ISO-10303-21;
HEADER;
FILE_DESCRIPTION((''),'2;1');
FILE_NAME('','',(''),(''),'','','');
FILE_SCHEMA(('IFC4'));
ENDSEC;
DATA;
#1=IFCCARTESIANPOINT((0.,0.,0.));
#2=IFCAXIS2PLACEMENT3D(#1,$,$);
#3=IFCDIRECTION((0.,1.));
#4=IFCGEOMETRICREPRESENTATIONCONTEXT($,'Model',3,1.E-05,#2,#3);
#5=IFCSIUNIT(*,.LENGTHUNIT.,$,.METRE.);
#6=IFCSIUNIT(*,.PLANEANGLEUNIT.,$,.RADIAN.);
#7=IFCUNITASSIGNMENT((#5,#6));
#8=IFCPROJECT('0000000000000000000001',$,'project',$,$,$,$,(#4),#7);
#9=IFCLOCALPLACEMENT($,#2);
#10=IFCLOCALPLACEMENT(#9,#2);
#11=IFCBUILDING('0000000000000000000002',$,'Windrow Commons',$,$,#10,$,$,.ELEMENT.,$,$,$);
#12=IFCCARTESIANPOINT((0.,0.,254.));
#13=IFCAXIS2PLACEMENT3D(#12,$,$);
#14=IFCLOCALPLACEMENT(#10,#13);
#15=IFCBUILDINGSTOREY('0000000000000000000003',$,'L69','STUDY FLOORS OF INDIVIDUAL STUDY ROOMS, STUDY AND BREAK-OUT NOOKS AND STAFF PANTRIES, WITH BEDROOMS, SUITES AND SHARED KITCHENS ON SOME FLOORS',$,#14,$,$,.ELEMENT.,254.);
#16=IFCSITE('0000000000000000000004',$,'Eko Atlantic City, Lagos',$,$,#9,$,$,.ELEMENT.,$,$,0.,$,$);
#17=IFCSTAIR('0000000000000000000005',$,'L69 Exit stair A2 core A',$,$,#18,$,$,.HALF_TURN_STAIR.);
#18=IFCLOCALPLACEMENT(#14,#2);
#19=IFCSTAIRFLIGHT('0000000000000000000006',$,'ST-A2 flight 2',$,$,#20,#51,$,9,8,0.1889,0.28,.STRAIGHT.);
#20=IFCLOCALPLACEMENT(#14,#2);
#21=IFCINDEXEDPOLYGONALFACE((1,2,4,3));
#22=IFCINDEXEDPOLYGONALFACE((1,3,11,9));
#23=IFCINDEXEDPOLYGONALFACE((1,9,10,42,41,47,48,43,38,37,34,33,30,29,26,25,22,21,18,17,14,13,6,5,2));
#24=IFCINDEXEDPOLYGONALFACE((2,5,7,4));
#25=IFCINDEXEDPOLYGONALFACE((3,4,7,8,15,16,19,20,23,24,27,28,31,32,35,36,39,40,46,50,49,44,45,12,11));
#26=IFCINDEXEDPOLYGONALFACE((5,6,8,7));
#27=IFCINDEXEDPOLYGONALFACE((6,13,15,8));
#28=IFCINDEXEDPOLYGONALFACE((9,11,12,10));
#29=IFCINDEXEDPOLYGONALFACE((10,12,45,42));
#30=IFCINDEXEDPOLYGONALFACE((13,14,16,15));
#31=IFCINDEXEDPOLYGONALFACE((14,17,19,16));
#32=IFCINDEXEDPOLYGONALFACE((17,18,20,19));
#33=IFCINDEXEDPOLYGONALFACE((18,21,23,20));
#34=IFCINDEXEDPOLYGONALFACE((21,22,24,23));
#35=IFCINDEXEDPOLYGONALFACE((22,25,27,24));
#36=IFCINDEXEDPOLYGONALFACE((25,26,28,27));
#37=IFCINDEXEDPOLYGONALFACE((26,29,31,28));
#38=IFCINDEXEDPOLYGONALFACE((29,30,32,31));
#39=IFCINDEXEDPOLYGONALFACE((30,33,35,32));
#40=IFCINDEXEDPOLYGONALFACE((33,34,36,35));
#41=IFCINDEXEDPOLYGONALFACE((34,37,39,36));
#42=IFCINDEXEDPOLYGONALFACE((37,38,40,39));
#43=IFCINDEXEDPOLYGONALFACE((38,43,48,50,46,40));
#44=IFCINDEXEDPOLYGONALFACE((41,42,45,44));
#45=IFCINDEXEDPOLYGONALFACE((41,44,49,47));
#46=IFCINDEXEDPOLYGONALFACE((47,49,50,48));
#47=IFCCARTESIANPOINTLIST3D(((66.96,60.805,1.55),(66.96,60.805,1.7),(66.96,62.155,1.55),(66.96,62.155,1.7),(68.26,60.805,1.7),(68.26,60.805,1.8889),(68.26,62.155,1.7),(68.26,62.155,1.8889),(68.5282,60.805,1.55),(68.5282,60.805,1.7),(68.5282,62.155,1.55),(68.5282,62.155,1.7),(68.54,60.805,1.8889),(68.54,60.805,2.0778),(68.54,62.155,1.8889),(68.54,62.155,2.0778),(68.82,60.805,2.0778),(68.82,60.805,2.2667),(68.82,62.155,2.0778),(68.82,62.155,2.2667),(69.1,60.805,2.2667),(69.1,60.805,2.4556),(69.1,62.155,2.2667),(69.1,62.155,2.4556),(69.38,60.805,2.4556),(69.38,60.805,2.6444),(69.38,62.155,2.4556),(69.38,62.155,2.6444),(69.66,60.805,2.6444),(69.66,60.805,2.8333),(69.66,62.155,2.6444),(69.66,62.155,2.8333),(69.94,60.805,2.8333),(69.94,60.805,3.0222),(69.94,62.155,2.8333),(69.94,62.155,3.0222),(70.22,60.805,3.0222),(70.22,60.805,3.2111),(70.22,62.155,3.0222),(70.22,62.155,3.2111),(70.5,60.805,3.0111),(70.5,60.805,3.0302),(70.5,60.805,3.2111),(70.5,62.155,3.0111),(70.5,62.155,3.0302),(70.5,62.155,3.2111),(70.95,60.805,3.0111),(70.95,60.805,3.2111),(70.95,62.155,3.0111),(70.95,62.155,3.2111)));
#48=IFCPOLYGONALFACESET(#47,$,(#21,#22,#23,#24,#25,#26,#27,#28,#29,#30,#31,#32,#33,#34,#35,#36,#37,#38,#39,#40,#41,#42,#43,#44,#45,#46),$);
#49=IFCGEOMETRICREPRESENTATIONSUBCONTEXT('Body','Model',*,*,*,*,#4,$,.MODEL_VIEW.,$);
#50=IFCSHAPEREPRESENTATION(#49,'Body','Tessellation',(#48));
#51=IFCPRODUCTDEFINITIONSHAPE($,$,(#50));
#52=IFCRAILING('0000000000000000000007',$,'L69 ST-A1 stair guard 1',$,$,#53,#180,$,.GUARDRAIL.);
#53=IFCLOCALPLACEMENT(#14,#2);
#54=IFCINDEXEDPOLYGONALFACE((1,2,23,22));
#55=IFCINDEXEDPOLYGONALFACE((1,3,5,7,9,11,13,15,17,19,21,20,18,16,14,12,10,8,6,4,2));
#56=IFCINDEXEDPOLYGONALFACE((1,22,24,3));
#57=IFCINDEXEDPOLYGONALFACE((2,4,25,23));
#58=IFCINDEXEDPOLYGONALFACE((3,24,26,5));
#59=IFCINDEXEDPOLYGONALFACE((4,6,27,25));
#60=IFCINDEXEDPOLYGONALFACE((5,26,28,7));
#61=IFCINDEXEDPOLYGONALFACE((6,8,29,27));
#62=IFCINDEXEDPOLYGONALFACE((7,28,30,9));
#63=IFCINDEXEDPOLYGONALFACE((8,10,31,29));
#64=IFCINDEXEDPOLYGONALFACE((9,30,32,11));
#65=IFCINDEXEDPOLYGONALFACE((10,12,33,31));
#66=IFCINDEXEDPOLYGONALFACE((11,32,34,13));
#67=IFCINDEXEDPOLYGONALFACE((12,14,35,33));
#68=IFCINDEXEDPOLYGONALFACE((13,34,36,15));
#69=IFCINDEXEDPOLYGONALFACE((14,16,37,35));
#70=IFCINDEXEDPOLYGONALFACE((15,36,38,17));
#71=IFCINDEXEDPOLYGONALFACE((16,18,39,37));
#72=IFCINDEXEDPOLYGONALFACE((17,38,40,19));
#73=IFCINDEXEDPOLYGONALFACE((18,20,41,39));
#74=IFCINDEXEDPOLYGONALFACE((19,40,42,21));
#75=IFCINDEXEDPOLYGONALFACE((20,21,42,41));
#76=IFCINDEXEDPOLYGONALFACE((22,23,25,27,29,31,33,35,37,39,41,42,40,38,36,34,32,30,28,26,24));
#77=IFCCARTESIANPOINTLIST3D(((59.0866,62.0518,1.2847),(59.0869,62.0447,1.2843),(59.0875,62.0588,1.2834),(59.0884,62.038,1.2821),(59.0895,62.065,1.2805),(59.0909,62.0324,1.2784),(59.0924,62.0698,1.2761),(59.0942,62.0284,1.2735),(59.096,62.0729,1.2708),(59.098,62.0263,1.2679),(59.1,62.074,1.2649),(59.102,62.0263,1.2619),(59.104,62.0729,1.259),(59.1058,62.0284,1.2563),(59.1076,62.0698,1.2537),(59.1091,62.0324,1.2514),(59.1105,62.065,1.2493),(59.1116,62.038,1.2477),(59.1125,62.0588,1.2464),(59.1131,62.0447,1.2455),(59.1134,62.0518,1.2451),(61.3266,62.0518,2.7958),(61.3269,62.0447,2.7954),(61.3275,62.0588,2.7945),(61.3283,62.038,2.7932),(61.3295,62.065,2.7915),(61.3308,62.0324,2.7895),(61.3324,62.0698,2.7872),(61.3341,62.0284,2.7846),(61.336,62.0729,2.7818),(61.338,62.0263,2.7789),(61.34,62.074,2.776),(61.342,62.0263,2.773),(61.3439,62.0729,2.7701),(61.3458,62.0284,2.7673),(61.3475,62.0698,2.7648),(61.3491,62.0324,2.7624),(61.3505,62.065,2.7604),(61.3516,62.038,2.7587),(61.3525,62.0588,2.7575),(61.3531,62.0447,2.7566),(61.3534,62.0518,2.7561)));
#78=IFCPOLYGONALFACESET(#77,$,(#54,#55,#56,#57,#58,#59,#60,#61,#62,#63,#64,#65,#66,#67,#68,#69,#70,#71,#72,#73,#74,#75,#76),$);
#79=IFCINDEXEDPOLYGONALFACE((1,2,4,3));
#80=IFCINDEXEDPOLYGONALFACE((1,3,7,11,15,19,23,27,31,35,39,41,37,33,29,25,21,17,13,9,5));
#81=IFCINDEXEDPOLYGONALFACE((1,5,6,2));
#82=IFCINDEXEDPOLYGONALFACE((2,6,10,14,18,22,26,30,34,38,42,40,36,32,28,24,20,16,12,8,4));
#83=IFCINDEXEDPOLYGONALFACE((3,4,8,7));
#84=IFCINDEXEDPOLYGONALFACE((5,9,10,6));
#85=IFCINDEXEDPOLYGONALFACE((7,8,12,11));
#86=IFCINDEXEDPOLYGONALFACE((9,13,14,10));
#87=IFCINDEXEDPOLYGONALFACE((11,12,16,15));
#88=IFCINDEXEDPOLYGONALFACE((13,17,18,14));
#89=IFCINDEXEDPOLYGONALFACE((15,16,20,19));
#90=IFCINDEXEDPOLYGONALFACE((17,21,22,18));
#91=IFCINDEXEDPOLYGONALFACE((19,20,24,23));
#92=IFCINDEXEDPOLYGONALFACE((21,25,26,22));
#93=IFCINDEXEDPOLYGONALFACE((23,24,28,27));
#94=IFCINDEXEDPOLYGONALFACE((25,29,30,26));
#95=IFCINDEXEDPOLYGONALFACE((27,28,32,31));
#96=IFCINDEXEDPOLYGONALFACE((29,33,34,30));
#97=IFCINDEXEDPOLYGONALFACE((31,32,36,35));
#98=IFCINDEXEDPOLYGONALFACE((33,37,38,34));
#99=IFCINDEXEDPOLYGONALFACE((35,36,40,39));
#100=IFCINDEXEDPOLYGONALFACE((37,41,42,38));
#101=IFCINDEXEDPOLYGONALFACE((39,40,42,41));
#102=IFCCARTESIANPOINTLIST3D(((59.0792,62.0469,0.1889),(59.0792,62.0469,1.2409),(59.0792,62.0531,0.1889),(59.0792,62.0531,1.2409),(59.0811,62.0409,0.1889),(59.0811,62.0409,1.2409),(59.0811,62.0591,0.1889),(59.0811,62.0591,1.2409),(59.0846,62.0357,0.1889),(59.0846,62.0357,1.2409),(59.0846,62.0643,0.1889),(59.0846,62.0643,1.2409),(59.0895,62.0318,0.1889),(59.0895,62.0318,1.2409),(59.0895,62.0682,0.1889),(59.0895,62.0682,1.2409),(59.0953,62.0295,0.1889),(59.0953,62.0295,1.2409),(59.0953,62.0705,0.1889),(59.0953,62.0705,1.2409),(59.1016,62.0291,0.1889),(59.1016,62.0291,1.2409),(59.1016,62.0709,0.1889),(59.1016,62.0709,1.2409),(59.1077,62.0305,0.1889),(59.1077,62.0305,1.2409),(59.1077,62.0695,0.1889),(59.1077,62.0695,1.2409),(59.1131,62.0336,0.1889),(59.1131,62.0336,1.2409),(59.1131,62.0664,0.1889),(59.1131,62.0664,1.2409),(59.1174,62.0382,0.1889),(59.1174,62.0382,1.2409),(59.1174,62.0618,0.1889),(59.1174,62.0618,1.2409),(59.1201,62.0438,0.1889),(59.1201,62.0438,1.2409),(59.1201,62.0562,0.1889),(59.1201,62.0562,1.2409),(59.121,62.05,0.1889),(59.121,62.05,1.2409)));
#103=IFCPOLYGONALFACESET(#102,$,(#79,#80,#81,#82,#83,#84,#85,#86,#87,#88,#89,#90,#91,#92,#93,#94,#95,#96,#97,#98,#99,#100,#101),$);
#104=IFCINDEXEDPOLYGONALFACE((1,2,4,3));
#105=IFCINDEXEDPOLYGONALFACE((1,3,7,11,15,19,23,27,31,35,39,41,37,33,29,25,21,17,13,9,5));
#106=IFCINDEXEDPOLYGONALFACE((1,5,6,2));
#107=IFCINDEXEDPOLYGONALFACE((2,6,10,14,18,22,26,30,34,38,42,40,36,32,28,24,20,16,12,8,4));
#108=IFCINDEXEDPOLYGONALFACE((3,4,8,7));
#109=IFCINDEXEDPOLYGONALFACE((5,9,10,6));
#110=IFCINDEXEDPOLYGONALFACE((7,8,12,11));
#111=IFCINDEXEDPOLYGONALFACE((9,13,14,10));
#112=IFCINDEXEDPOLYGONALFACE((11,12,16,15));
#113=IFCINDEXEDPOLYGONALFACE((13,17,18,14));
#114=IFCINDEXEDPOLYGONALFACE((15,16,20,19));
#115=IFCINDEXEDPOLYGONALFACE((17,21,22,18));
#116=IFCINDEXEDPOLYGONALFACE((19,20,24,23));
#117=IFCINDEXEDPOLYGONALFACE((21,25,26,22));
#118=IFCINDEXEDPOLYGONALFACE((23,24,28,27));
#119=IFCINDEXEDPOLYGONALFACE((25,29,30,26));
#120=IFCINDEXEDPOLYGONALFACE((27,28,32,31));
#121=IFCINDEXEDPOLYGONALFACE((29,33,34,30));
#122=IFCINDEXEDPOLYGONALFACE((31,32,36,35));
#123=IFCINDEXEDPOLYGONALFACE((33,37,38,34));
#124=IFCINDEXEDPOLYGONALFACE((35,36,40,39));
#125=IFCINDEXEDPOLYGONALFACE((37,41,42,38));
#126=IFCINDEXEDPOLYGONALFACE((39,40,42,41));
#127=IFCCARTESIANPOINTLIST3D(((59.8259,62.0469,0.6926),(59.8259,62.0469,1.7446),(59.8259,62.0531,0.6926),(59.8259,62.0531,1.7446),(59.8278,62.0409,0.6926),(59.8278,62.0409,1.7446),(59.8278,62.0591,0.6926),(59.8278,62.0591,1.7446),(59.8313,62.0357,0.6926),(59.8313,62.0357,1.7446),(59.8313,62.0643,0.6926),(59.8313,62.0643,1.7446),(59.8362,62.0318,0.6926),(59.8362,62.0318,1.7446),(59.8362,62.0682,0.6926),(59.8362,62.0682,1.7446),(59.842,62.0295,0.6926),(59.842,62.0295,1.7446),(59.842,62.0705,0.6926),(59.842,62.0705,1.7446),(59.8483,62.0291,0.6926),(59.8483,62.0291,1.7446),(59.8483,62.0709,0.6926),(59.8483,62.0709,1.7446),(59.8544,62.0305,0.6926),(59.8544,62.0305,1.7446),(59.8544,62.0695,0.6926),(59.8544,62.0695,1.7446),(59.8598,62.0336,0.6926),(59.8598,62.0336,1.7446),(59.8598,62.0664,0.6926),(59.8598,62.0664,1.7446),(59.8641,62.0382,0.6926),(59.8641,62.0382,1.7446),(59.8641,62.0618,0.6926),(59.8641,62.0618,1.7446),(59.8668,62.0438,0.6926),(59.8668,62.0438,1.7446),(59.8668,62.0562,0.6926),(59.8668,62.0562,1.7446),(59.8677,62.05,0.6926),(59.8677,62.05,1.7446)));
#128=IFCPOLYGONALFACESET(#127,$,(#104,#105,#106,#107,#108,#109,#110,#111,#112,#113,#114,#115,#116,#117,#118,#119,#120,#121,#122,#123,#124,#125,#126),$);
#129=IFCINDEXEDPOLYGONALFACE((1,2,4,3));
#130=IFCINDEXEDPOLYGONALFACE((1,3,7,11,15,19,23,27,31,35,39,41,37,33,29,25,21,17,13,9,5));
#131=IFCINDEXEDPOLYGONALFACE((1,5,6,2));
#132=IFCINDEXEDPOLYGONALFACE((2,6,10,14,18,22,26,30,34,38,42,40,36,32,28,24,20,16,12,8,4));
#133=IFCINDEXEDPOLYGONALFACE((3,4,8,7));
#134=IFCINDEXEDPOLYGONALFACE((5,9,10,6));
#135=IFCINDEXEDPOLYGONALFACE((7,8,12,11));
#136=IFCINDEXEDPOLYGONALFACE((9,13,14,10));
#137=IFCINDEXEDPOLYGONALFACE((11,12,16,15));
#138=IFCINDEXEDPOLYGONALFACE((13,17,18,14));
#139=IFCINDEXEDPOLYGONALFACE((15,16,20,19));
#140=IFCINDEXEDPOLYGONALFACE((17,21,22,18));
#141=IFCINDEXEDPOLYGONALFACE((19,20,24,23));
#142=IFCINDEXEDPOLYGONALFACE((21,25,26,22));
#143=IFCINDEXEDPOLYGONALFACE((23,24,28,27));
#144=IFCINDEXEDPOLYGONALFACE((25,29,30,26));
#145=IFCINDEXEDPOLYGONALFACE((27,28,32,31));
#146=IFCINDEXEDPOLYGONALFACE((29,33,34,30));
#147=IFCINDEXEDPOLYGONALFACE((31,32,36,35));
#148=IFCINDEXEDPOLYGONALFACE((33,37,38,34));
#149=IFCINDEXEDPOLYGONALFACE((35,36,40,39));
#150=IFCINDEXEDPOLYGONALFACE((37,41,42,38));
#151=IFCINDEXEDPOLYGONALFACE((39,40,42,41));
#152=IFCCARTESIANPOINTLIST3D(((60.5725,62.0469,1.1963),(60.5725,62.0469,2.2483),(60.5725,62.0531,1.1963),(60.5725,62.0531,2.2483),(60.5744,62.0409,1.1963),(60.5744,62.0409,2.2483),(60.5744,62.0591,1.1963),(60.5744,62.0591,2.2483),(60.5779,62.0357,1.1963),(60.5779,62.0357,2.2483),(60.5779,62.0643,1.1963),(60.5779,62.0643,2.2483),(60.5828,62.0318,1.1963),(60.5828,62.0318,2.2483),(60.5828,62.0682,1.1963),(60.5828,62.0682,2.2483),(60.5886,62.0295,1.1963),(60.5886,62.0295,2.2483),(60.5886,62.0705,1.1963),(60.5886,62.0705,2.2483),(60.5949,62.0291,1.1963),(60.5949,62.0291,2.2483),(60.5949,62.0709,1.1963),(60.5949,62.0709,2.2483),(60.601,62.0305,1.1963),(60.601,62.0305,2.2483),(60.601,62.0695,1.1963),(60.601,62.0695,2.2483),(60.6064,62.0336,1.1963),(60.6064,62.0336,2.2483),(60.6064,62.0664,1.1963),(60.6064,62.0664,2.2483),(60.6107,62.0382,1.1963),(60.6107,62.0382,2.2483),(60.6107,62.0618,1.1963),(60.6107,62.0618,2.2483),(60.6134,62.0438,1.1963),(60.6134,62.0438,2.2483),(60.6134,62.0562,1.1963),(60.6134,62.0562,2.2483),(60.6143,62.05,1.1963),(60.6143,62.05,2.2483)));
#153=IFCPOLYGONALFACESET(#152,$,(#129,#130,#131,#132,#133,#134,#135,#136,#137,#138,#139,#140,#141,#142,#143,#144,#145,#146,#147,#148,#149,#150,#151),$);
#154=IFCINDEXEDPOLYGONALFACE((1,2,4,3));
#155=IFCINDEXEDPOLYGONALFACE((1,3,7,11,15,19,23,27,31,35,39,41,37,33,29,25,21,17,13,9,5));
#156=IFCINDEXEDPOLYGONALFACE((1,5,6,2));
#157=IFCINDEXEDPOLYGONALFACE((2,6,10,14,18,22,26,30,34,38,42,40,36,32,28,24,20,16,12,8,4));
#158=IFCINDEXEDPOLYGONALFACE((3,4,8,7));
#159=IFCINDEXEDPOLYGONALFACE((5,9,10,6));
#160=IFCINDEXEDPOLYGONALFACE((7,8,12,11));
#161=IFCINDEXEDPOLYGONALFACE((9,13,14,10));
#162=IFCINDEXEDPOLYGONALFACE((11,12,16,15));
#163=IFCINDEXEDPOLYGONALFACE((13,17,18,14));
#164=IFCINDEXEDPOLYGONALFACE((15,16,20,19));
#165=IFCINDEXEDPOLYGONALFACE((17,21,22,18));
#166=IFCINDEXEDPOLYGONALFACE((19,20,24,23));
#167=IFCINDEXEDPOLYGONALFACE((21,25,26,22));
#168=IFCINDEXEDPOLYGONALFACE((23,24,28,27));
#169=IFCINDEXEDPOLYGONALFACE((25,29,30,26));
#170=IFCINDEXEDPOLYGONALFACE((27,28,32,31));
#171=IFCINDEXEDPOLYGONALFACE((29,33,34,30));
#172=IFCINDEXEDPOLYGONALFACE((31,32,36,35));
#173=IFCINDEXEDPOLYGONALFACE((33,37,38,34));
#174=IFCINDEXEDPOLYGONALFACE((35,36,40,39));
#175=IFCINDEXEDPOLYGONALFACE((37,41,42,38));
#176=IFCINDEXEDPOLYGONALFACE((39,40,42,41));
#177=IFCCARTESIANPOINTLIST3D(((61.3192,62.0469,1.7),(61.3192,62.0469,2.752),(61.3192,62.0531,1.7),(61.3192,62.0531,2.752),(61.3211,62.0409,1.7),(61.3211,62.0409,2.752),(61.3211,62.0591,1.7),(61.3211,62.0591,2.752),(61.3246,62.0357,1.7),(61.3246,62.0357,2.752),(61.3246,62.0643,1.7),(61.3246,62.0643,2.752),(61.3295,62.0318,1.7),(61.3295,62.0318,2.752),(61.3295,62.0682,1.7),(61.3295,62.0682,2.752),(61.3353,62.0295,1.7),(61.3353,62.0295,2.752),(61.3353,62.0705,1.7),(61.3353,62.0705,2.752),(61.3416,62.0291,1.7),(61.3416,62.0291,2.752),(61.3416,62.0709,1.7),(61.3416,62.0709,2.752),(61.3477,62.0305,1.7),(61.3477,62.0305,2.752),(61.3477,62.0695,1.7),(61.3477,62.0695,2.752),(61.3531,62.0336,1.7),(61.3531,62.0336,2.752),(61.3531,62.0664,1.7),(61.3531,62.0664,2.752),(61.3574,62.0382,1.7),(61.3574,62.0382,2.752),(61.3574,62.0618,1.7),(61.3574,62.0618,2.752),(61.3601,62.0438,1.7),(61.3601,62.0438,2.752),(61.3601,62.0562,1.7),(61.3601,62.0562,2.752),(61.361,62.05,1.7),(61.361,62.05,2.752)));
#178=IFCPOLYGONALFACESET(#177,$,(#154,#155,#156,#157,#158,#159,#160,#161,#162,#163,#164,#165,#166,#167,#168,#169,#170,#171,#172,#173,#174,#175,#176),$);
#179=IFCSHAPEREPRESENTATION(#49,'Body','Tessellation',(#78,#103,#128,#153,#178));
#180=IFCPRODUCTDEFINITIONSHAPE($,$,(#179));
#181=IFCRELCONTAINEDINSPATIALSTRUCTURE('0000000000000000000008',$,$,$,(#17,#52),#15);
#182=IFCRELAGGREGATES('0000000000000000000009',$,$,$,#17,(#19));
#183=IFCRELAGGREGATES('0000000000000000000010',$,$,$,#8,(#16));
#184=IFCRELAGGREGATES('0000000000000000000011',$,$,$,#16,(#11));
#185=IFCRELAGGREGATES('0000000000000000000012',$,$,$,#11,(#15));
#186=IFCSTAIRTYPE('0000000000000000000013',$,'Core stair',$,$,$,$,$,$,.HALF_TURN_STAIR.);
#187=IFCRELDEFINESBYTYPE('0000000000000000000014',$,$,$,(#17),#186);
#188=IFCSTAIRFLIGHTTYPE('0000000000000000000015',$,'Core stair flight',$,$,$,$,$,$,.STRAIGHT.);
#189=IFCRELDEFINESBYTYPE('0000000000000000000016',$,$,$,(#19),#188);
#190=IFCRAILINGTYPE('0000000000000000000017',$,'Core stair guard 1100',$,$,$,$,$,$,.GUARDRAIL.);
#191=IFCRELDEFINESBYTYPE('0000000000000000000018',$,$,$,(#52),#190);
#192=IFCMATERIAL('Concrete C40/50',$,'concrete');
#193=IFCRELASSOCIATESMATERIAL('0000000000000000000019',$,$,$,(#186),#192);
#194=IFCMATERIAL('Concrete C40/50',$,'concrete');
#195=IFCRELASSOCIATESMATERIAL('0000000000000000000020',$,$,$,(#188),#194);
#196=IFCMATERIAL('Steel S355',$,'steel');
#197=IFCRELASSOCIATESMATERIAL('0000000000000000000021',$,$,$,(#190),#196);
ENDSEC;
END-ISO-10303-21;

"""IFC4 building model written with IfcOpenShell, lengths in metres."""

from ifc_helpers import new_model, si_unit, direction, frame, origin, origin_2d, place, context, subcontext, project, spatial, polyline, circle, outline, extrude, material, type_object, element, aggregate, save


model = new_model("IFC4")

# Units and contexts
model_context = context("Model", 3, precision=1e-05, world=origin(), true_north=direction((0.0, 1.0)))
body_context = subcontext(model_context, "Body", "Model", "MODEL_VIEW")
ifc_project = project(units=[si_unit("LENGTHUNIT", "METRE"), si_unit("PLANEANGLEUNIT", "RADIAN")], contexts=[model_context])

# Site, building, storey
site_placement = place(None, origin())
site = spatial("IfcSite", under=ifc_project, at=site_placement, Name="Eko Atlantic City, Lagos", CompositionType="ELEMENT", RefElevation=0.0)
building_placement = place(site_placement, origin())
building = spatial("IfcBuilding", under=site, at=building_placement, Name="Windrow Commons", CompositionType="ELEMENT")
storey_placement = place(building_placement, frame((0.0, 0.0, 254.0)))
storey = spatial("IfcBuildingStorey", under=building, at=storey_placement, Name="L69", Description="STUDY FLOORS OF INDIVIDUAL STUDY ROOMS, STUDY AND BREAK-OUT NOOKS AND STAFF PANTRIES, WITH BEDROOMS, SUITES AND SHARED KITCHENS ON SOME FLOORS", CompositionType="ELEMENT", Elevation=254.0)

# Stair, stair flight
ifc_material_1 = material(Name="Concrete C40/50", Category="concrete")
stair_type = type_object("IfcStairType", Name="Core stair", PredefinedType="HALF_TURN_STAIR", material=ifc_material_1)
placement = place(storey_placement, origin())
ifc_material_2 = material(Name="Concrete C40/50", Category="concrete")
stair_flight_type = type_object("IfcStairFlightType", Name="Core stair flight", PredefinedType="STRAIGHT", material=ifc_material_2)
stair_1 = element("IfcStair", 1, at=placement, inside=storey, type_object=stair_type, Name="L69 Exit stair A2 core A", PredefinedType="HALF_TURN_STAIR")
stair_flight_1_placement = place(storey_placement, frame((68.26, 61.48, 1.7), z_axis=(0.0, 0.0, 1.0), x_axis=(1.0, 0.0, 0.0)))
stair_flight_1 = element("IfcStairFlight", 2, at=stair_flight_1_placement, type_object=stair_flight_type, Name="ST-A2 flight 2", NumberOfRisers=9, NumberOfTreads=8, PredefinedType="STRAIGHT", RiserHeight=0.1889, TreadLength=0.28, context=body_context, shape_type="SweptSolid", body=[
    extrude(outline(polyline([(-1.3, -0.15), (-1.3, 0.0), (0.0, 0.0), (0.0, 0.1889), (0.28, 0.1889), (0.28, 0.3778), (0.56, 0.3778), (0.56, 0.5667), (0.84, 0.5667), (0.84, 0.7556), (1.12, 0.7556), (1.12, 0.9444), (1.4, 0.9444), (1.4, 1.1333), (1.68, 1.1333), (1.68, 1.3222), (1.96, 1.3222), (1.96, 1.5111), (2.24, 1.5111), (2.69, 1.5111), (2.69, 1.3111), (2.24, 1.3111), (2.24, 1.3302), (0.2682, 0.0), (0.2682, -0.15), (-1.3, -0.15)])), frame((0.0, 0.675, 0.0), z_axis=(0.0, -1.0, 0.0), x_axis=(1.0, 0.0, 0.0)), (0.0, 0.0, 1.0), 1.35),
])
aggregate(stair_1, [stair_flight_1])

# Railing
ifc_material_3 = material(Name="Steel S355", Category="steel")
railing_type_1 = type_object("IfcRailingType", Name="Core stair guard 1100", PredefinedType="GUARDRAIL", material=ifc_material_3)
for number, where, name in (
    (3, (59.1, 62.05, 0.1889), "L69 ST-A1 stair guard 1"),
):
    element("IfcRailing", number, at=place(storey_placement, frame(where)), inside=storey, type_object=railing_type_1, Name=name, PredefinedType="GUARDRAIL", context=body_context, shape_type="SweptSolid", body=[
        extrude(circle(Radius=0.024, at=origin_2d()), frame((0.0, 0.0, 1.076), z_axis=(0.829003, 0.0, 0.559244), x_axis=(0.0, 1.0, 0.0)), (0.0, 0.0, 1.0), 2.702),
        extrude(circle(Radius=0.021, at=origin_2d()), origin(), (0.0, 0.0, 1.0), 1.052),
        extrude(circle(Radius=0.021, at=origin_2d()), frame((0.7467, 0.0, 0.5037)), (0.0, 0.0, 1.0), 1.052),
        extrude(circle(Radius=0.021, at=origin_2d()), frame((1.4933, 0.0, 1.0074)), (0.0, 0.0, 1.0), 1.052),
        extrude(circle(Radius=0.021, at=origin_2d()), frame((2.24, 0.0, 1.5111)), (0.0, 0.0, 1.0), 1.052),
    ])

save(model, "model.ifc")
